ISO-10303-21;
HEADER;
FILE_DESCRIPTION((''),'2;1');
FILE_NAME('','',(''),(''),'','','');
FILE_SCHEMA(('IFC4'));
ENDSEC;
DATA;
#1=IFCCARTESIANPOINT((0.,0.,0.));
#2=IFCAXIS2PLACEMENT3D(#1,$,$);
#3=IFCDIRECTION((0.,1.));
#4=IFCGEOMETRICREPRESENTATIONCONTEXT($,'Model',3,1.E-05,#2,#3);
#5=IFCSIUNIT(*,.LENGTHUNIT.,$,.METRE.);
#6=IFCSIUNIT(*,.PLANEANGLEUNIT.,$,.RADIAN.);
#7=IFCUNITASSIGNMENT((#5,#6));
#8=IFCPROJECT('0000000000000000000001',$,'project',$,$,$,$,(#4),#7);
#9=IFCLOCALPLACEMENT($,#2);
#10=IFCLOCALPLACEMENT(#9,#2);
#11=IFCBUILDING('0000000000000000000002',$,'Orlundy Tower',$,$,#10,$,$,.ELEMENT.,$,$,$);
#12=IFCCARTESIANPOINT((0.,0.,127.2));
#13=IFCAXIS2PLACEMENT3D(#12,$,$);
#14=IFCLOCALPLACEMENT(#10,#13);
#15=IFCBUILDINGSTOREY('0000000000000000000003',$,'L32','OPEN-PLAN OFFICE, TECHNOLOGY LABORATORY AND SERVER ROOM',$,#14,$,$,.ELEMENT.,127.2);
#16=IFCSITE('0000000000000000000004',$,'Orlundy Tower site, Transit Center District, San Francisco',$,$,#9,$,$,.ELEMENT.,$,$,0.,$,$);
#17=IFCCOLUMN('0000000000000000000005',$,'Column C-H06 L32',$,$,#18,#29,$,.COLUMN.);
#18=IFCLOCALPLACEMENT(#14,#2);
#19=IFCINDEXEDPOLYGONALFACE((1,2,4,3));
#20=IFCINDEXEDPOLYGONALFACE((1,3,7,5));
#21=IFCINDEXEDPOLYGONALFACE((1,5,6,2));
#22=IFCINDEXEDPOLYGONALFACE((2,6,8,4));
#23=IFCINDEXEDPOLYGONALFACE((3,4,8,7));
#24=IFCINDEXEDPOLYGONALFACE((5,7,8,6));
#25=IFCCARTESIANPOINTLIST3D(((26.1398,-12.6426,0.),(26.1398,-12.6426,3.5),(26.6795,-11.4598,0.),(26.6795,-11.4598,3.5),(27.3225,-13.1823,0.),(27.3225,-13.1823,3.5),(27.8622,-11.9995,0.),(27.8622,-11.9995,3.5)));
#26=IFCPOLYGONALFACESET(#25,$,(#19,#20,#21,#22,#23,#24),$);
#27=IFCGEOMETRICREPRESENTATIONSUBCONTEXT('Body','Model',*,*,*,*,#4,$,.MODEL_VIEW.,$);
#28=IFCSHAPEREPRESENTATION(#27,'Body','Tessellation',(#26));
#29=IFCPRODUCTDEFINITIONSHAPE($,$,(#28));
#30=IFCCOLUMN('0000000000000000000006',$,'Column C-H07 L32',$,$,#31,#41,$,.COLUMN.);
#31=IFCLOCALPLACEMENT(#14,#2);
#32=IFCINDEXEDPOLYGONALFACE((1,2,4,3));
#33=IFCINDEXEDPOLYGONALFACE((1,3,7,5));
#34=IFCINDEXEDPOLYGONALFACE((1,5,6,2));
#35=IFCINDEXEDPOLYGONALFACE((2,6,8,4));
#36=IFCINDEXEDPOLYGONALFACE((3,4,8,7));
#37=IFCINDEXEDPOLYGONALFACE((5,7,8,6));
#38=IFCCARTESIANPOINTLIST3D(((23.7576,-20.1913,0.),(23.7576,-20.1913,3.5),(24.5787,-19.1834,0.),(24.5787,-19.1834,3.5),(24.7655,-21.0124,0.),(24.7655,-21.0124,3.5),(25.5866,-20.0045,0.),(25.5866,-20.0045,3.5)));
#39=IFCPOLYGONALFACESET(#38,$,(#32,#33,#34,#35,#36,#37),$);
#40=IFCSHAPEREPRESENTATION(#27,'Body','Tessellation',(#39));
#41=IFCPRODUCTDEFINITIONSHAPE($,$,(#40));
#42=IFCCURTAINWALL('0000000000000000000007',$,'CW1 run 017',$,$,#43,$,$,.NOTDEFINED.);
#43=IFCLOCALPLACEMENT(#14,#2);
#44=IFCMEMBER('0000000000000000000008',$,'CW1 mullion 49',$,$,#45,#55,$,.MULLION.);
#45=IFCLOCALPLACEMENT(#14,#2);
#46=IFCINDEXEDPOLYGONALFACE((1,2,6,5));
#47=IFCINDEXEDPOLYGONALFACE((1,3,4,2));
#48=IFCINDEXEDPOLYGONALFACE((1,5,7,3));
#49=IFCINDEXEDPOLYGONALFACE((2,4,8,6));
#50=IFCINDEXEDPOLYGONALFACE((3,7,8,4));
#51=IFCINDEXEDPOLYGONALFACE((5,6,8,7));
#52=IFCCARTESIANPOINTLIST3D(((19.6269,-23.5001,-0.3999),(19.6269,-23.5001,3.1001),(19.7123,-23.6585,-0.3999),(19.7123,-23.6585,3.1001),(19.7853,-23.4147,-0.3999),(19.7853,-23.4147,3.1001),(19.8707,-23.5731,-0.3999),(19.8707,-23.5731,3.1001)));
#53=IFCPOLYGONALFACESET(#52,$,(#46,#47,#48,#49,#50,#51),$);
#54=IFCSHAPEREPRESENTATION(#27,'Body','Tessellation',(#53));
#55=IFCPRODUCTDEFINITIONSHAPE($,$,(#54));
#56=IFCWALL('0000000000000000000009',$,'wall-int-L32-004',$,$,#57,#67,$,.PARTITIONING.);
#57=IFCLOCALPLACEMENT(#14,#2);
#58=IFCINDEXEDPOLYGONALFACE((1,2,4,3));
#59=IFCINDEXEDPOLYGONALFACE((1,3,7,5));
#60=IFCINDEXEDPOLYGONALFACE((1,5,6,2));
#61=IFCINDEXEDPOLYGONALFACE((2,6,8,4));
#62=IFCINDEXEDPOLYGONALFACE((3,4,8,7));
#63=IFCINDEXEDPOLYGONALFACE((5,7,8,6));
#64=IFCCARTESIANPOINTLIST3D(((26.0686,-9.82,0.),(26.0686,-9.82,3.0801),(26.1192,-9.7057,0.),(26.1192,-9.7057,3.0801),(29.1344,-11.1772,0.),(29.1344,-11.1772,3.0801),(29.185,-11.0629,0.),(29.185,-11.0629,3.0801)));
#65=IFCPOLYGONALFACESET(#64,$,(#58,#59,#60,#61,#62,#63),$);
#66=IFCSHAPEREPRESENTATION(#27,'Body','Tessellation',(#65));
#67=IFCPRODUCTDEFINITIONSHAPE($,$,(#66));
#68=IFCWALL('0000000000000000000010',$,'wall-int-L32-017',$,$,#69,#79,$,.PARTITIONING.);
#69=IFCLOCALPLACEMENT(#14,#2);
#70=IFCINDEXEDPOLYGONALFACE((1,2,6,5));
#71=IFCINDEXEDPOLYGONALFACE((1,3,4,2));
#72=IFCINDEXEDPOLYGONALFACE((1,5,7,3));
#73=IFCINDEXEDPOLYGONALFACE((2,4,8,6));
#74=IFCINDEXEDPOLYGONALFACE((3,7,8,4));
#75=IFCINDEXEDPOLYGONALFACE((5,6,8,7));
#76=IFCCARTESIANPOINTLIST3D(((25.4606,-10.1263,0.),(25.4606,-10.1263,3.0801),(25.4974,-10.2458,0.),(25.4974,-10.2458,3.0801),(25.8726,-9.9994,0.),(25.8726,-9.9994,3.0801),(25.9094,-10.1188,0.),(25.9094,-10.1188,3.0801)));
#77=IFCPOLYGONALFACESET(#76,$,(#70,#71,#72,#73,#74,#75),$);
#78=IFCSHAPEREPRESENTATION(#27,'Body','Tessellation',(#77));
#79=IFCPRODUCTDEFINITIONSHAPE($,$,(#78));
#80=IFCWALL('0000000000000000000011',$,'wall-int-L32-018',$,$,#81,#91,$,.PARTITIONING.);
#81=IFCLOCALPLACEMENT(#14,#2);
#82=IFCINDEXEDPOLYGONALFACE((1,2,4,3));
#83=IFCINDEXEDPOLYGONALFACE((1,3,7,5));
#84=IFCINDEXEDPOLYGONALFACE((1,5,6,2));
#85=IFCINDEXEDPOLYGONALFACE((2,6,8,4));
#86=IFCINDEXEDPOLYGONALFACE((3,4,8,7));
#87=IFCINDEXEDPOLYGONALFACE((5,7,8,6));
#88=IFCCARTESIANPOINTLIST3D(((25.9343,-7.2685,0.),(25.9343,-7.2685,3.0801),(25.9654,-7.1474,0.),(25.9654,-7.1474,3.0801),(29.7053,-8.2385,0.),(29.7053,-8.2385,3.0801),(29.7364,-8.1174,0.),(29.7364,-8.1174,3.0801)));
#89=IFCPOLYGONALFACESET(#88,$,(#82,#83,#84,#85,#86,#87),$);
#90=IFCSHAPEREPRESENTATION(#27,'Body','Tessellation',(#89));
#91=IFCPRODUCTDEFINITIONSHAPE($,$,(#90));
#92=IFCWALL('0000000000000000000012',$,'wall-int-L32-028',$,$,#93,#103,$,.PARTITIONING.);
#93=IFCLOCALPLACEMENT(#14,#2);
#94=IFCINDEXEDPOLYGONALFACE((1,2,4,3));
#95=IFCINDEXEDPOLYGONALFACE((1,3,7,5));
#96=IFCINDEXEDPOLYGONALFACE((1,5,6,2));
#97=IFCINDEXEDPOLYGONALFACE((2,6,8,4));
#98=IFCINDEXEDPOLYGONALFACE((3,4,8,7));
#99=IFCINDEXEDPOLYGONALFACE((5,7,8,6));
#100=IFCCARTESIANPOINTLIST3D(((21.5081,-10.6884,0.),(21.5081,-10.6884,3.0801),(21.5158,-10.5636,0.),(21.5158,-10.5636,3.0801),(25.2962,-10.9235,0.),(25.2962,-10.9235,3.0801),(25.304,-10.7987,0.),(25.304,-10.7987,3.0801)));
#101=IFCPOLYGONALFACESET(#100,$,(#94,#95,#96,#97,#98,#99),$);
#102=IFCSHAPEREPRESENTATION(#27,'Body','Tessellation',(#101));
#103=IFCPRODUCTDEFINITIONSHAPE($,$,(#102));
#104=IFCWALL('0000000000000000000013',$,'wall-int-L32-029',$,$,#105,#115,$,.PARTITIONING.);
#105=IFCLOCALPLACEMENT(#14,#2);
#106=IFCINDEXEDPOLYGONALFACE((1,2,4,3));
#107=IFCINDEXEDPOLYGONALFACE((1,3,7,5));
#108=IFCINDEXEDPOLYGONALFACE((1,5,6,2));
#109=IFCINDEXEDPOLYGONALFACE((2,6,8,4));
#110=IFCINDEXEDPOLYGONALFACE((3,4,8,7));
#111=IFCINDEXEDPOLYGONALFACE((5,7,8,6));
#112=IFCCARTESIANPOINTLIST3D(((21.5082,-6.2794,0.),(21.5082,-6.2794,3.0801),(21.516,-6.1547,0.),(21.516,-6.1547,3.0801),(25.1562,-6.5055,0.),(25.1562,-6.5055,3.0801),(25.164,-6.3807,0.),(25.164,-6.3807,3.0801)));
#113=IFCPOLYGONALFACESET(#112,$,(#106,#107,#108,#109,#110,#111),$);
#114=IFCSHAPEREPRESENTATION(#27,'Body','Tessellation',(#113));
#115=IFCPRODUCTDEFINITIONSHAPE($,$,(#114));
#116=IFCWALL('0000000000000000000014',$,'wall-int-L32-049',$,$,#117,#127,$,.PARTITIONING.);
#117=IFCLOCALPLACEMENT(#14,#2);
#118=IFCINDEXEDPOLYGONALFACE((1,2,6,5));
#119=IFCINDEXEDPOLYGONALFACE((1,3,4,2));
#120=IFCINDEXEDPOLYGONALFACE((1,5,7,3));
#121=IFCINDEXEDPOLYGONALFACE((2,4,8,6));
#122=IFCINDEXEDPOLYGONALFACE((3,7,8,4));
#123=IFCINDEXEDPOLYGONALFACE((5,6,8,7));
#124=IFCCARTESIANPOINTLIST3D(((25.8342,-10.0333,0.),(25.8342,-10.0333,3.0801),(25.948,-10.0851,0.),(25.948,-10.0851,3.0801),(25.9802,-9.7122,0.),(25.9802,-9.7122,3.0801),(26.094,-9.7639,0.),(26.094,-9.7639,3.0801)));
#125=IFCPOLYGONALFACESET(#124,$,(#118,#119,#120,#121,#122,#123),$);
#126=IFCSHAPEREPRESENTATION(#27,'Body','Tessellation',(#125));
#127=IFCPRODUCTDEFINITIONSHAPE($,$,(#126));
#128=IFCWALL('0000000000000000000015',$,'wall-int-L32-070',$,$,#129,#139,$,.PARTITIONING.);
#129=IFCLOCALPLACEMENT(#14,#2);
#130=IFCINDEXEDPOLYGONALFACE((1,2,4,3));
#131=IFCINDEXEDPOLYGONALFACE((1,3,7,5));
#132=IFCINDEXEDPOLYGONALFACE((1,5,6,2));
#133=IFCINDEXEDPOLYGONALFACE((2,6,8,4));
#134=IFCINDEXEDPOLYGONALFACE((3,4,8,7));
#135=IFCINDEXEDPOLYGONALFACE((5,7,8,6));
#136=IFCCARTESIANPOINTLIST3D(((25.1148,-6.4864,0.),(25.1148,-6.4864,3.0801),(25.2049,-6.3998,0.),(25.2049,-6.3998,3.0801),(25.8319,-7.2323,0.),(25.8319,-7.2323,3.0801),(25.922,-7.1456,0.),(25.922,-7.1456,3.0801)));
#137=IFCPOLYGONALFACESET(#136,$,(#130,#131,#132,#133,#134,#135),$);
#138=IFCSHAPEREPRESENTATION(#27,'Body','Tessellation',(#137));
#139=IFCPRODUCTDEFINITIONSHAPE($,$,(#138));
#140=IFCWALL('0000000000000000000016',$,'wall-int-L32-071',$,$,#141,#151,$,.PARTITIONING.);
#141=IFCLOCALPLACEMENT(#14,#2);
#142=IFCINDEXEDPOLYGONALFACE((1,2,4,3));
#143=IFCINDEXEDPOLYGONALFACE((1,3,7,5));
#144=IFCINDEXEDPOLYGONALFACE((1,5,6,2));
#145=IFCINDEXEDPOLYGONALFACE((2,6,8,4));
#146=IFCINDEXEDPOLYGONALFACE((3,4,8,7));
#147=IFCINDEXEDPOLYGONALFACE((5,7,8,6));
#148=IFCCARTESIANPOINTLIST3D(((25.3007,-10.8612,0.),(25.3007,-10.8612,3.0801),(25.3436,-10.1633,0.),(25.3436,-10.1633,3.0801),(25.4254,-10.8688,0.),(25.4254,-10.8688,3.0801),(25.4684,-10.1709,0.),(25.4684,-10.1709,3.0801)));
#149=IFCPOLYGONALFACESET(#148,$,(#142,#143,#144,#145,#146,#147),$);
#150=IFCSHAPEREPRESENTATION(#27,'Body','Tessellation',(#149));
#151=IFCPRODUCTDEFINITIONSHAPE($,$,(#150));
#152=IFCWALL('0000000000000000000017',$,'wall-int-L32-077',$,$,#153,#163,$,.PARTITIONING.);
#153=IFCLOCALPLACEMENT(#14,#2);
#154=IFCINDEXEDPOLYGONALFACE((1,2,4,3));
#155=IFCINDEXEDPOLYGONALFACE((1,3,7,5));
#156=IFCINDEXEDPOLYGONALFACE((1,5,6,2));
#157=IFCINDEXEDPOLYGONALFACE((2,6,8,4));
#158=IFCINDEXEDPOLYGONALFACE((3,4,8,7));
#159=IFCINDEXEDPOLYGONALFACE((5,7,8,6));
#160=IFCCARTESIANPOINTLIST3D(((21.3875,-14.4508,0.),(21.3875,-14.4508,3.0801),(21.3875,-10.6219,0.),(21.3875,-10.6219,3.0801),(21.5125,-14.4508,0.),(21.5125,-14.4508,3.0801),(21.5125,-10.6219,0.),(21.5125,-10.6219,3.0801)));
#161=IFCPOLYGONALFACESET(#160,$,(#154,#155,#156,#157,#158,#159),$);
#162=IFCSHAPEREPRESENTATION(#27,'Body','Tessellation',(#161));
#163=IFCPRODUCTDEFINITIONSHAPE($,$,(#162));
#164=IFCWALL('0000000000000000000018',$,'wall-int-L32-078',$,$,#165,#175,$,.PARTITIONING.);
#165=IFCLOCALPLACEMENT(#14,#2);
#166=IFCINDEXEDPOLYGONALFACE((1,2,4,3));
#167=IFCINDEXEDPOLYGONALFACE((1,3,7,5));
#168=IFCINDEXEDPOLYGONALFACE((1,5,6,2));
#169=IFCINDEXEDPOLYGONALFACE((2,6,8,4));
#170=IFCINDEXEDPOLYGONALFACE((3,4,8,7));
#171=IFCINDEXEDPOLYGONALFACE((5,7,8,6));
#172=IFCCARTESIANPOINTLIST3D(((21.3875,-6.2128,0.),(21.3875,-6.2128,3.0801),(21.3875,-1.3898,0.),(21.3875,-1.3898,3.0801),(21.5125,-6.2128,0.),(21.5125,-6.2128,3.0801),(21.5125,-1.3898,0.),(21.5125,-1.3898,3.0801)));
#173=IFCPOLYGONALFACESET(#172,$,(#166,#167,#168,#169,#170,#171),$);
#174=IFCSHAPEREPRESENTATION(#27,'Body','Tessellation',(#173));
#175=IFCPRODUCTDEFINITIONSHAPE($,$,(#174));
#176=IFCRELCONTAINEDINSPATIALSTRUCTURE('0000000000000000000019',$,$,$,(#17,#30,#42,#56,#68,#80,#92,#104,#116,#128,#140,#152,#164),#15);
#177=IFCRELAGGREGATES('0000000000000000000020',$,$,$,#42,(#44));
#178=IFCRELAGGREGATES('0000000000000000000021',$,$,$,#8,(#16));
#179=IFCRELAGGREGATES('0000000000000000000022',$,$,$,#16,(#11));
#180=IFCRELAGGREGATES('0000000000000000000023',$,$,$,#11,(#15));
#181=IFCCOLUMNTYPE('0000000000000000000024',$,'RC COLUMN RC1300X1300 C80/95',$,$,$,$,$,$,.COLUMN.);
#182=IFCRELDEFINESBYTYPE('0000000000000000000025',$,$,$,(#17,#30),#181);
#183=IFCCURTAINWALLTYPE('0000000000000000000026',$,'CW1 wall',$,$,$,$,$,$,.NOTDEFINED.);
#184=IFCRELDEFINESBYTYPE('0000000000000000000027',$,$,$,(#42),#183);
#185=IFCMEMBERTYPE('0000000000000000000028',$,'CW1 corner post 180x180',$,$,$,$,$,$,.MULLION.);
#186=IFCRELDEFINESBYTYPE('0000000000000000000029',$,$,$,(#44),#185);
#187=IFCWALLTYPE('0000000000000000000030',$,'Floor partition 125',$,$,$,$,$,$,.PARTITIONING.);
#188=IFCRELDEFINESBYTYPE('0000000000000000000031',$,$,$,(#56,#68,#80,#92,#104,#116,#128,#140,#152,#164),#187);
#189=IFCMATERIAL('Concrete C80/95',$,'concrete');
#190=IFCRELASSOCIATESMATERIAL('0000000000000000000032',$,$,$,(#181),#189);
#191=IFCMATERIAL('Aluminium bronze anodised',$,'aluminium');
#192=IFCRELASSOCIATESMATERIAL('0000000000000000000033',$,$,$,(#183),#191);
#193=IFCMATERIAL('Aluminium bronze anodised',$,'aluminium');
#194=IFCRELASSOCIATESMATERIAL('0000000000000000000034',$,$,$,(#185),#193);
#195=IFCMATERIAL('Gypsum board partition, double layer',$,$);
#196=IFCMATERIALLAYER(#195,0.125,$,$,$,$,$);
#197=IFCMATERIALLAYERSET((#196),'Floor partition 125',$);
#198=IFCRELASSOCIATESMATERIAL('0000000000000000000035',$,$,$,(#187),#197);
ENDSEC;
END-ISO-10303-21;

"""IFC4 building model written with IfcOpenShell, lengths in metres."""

from ifc_helpers import new_model, si_unit, direction, frame, frame_2d, origin, origin_2d, place, context, subcontext, project, spatial, rectangle, extrude, material, layer, layer_set, material_profile, profile_set, type_object, element, aggregate, save


model = new_model("IFC4")

# Units and contexts
model_context = context("Model", 3, precision=1e-05, world=origin(), true_north=direction((0.0, 1.0)))
body_context = subcontext(model_context, "Body", "Model", "MODEL_VIEW")
ifc_project = project(units=[si_unit("LENGTHUNIT", "METRE"), si_unit("PLANEANGLEUNIT", "RADIAN")], contexts=[model_context])

# Site, building, storey
site_placement = place(None, origin())
site = spatial("IfcSite", under=ifc_project, at=site_placement, Name="Orlundy Tower site, Transit Center District, San Francisco", CompositionType="ELEMENT", RefElevation=0.0)
building_placement = place(site_placement, origin())
building = spatial("IfcBuilding", under=site, at=building_placement, Name="Orlundy Tower", CompositionType="ELEMENT")
storey_placement = place(building_placement, frame((0.0, 0.0, 127.2)))
storey = spatial("IfcBuildingStorey", under=building, at=storey_placement, Name="L32", Description="OPEN-PLAN OFFICE, TECHNOLOGY LABORATORY AND SERVER ROOM", CompositionType="ELEMENT", Elevation=127.2)

# Columns
ifc_material_1 = material(Name="Concrete C80/95", Category="concrete")
ifc_material_profile_1 = material_profile(ifc_material_1, rectangle(XDim=1.3, YDim=1.3, at=origin_2d()), Name="RC1300X1300")
ifc_profile_set_1 = profile_set([ifc_material_profile_1], Name="Concrete C80/95")
column_type = type_object("IfcColumnType", Name="RC COLUMN RC1300X1300 C80/95", PredefinedType="COLUMN", material=ifc_profile_set_1)
for number, where, z_axis, x_axis, name in (
    (1, (27.001, -12.321, 0.0), (0.0, 0.0, 1.0), (0.909759, -0.415138, 0.0), "Column C-H06 L32"),
    (2, (24.6721, -20.0979, 0.0), (0.0, 0.0, 1.0), (0.775308, -0.631583, 0.0), "Column C-H07 L32"),
):
    element("IfcColumn", number, at=place(storey_placement, frame(where, z_axis=z_axis, x_axis=x_axis)), inside=storey, type_object=column_type, Name=name, PredefinedType="COLUMN", context=body_context, shape_type="SweptSolid", body=[
        extrude(rectangle(XDim=1.3, YDim=1.3, at=origin_2d()), origin(), (0.0, 0.0, 1.0), 3.5),
    ])

# Curtain wall, member
ifc_material_2 = material(Name="Aluminium bronze anodised", Category="aluminium")
curtain_wall_type = type_object("IfcCurtainWallType", Name="CW1 wall", PredefinedType="NOTDEFINED", material=ifc_material_2)
curtain_wall_placement = place(storey_placement, origin())
curtain_wall = element("IfcCurtainWall", 3, at=curtain_wall_placement, inside=storey, type_object=curtain_wall_type, Name="CW1 run 017", PredefinedType="NOTDEFINED")
ifc_material_3 = material(Name="Aluminium bronze anodised", Category="aluminium")
ifc_material_profile_2 = material_profile(ifc_material_3, rectangle(XDim=0.1799, YDim=0.1799, at=origin_2d()), Name="CW1 corner post 180x180")
ifc_profile_set_2 = profile_set([ifc_material_profile_2], Name="Aluminium bronze anodised")
member_type = type_object("IfcMemberType", Name="CW1 corner post 180x180", PredefinedType="MULLION", material=ifc_profile_set_2)
member_placement = place(storey_placement, frame((19.7488, -23.5366, -0.3999), z_axis=(0.0, 0.0, 1.0), x_axis=(0.474616, -0.880193, 0.0)))
member = element("IfcMember", 4, at=member_placement, type_object=member_type, Name="CW1 mullion 49", PredefinedType="MULLION", context=body_context, shape_type="SweptSolid", body=[
    extrude(rectangle(XDim=0.1799, YDim=0.1799, at=origin_2d()), origin(), (0.0, 0.0, 1.0), 3.5),
])
aggregate(curtain_wall, [member])

# Walls
ifc_material_4 = material(Name="Gypsum board partition, double layer")
ifc_layer_1 = layer(ifc_material_4, 0.125)
ifc_layer_set_1 = layer_set([ifc_layer_1], Name="Floor partition 125")
wall_type_1 = type_object("IfcWallType", Name="Floor partition 125", PredefinedType="PARTITIONING", material=ifc_layer_set_1)
wall_1_placement = place(storey_placement, frame((26.094, -9.7629, 0.0), z_axis=(0.0, 0.0, 1.0), x_axis=(0.914414, -0.40478, 0.0)))
element("IfcWall", 5, at=wall_1_placement, inside=storey, type_object=wall_type_1, Name="wall-int-L32-004", PredefinedType="PARTITIONING", context=body_context, shape_type="SweptSolid", body=[
    extrude(rectangle(XDim=3.3528, YDim=0.125, at=frame_2d((1.6763, 0.0))), origin(), (0.0, 0.0, 1.0), 3.0801),
])
wall_2_placement = place(storey_placement, frame((25.479, -10.186, 0.0), z_axis=(0.0, 0.0, 1.0), x_axis=(0.955681, 0.294404, 0.0)))
element("IfcWall", 6, at=wall_2_placement, inside=storey, type_object=wall_type_1, Name="wall-int-L32-017", PredefinedType="PARTITIONING", context=body_context, shape_type="SweptSolid", body=[
    extrude(rectangle(XDim=0.4312, YDim=0.125, at=frame_2d((0.2156, 0.0))), origin(), (0.0, 0.0, 1.0), 3.0801),
])
wall_3_placement = place(storey_placement, frame((25.95, -7.208, 0.0), z_axis=(0.0, 0.0, 1.0), x_axis=(0.968475, -0.24911, 0.0)))
element("IfcWall", 7, at=wall_3_placement, inside=storey, type_object=wall_type_1, Name="wall-int-L32-018", PredefinedType="PARTITIONING", context=body_context, shape_type="SweptSolid", body=[
    extrude(rectangle(XDim=3.8938, YDim=0.125, at=frame_2d((1.9468, 0.0))), origin(), (0.0, 0.0, 1.0), 3.0801),
])
wall_4_placement = place(storey_placement, frame((21.512, -10.626, 0.0), z_axis=(0.0, 0.0, 1.0), x_axis=(0.99808, -0.061946, 0.0)))
element("IfcWall", 8, at=wall_4_placement, inside=storey, type_object=wall_type_1, Name="wall-int-L32-028", PredefinedType="PARTITIONING", context=body_context, shape_type="SweptSolid", body=[
    extrude(rectangle(XDim=3.7954, YDim=0.125, at=frame_2d((1.8977, 0.0))), origin(), (0.0, 0.0, 1.0), 3.0801),
])
wall_5_placement = place(storey_placement, frame((21.512, -6.217, 0.0), z_axis=(0.0, 0.0, 1.0), x_axis=(0.998085, -0.061854, 0.0)))
element("IfcWall", 9, at=wall_5_placement, inside=storey, type_object=wall_type_1, Name="wall-int-L32-029", PredefinedType="PARTITIONING", context=body_context, shape_type="SweptSolid", body=[
    extrude(rectangle(XDim=3.655, YDim=0.125, at=frame_2d((1.8276, 0.0))), origin(), (0.0, 0.0, 1.0), 3.0801),
])
wall_6_placement = place(storey_placement, frame((25.8911, -10.0591, 0.0), z_axis=(0.0, 0.0, 1.0), x_axis=(0.413959, 0.910295, 0.0)))
element("IfcWall", 10, at=wall_6_placement, inside=storey, type_object=wall_type_1, Name="wall-int-L32-049", PredefinedType="PARTITIONING", context=body_context, shape_type="SweptSolid", body=[
    extrude(rectangle(XDim=0.3528, YDim=0.125, at=frame_2d((0.1763, 0.0))), origin(), (0.0, 0.0, 1.0), 3.0801),
])
wall_7_placement = place(storey_placement, frame((25.877, -7.189, 0.0), z_axis=(0.0, 0.0, 1.0), x_axis=(-0.693047, 0.720892, 0.0)))
element("IfcWall", 11, at=wall_7_placement, inside=storey, type_object=wall_type_1, Name="wall-int-L32-070", PredefinedType="PARTITIONING", context=body_context, shape_type="SweptSolid", body=[
    extrude(rectangle(XDim=1.0347, YDim=0.125, at=frame_2d((0.5173, 0.0))), origin(), (0.0, 0.0, 1.0), 3.0801),
])
wall_8_placement = place(storey_placement, frame((25.363, -10.865, 0.0), z_axis=(0.0, 0.0, 1.0), x_axis=(0.061444, 0.998111, 0.0)))
element("IfcWall", 12, at=wall_8_placement, inside=storey, type_object=wall_type_1, Name="wall-int-L32-071", PredefinedType="PARTITIONING", context=body_context, shape_type="SweptSolid", body=[
    extrude(rectangle(XDim=0.6992, YDim=0.125, at=frame_2d((0.3496, 0.0))), origin(), (0.0, 0.0, 1.0), 3.0801),
])
wall_9_placement = place(storey_placement, frame((21.45, -14.4509, 0.0), z_axis=(0.0, 0.0, 1.0), x_axis=(0.0, 1.0, 0.0)))
element("IfcWall", 13, at=wall_9_placement, inside=storey, type_object=wall_type_1, Name="wall-int-L32-077", PredefinedType="PARTITIONING", context=body_context, shape_type="SweptSolid", body=[
    extrude(rectangle(XDim=3.8289, YDim=0.125, at=frame_2d((1.9146, 0.0))), origin(), (0.0, 0.0, 1.0), 3.0801),
])
wall_10_placement = place(storey_placement, frame((21.45, -6.2129, 0.0), z_axis=(0.0, 0.0, 1.0), x_axis=(0.0, 1.0, 0.0)))
element("IfcWall", 14, at=wall_10_placement, inside=storey, type_object=wall_type_1, Name="wall-int-L32-078", PredefinedType="PARTITIONING", context=body_context, shape_type="SweptSolid", body=[
    extrude(rectangle(XDim=4.823, YDim=0.125, at=frame_2d((2.4116, 0.0))), origin(), (0.0, 0.0, 1.0), 3.0801),
])

save(model, "model.ifc")
